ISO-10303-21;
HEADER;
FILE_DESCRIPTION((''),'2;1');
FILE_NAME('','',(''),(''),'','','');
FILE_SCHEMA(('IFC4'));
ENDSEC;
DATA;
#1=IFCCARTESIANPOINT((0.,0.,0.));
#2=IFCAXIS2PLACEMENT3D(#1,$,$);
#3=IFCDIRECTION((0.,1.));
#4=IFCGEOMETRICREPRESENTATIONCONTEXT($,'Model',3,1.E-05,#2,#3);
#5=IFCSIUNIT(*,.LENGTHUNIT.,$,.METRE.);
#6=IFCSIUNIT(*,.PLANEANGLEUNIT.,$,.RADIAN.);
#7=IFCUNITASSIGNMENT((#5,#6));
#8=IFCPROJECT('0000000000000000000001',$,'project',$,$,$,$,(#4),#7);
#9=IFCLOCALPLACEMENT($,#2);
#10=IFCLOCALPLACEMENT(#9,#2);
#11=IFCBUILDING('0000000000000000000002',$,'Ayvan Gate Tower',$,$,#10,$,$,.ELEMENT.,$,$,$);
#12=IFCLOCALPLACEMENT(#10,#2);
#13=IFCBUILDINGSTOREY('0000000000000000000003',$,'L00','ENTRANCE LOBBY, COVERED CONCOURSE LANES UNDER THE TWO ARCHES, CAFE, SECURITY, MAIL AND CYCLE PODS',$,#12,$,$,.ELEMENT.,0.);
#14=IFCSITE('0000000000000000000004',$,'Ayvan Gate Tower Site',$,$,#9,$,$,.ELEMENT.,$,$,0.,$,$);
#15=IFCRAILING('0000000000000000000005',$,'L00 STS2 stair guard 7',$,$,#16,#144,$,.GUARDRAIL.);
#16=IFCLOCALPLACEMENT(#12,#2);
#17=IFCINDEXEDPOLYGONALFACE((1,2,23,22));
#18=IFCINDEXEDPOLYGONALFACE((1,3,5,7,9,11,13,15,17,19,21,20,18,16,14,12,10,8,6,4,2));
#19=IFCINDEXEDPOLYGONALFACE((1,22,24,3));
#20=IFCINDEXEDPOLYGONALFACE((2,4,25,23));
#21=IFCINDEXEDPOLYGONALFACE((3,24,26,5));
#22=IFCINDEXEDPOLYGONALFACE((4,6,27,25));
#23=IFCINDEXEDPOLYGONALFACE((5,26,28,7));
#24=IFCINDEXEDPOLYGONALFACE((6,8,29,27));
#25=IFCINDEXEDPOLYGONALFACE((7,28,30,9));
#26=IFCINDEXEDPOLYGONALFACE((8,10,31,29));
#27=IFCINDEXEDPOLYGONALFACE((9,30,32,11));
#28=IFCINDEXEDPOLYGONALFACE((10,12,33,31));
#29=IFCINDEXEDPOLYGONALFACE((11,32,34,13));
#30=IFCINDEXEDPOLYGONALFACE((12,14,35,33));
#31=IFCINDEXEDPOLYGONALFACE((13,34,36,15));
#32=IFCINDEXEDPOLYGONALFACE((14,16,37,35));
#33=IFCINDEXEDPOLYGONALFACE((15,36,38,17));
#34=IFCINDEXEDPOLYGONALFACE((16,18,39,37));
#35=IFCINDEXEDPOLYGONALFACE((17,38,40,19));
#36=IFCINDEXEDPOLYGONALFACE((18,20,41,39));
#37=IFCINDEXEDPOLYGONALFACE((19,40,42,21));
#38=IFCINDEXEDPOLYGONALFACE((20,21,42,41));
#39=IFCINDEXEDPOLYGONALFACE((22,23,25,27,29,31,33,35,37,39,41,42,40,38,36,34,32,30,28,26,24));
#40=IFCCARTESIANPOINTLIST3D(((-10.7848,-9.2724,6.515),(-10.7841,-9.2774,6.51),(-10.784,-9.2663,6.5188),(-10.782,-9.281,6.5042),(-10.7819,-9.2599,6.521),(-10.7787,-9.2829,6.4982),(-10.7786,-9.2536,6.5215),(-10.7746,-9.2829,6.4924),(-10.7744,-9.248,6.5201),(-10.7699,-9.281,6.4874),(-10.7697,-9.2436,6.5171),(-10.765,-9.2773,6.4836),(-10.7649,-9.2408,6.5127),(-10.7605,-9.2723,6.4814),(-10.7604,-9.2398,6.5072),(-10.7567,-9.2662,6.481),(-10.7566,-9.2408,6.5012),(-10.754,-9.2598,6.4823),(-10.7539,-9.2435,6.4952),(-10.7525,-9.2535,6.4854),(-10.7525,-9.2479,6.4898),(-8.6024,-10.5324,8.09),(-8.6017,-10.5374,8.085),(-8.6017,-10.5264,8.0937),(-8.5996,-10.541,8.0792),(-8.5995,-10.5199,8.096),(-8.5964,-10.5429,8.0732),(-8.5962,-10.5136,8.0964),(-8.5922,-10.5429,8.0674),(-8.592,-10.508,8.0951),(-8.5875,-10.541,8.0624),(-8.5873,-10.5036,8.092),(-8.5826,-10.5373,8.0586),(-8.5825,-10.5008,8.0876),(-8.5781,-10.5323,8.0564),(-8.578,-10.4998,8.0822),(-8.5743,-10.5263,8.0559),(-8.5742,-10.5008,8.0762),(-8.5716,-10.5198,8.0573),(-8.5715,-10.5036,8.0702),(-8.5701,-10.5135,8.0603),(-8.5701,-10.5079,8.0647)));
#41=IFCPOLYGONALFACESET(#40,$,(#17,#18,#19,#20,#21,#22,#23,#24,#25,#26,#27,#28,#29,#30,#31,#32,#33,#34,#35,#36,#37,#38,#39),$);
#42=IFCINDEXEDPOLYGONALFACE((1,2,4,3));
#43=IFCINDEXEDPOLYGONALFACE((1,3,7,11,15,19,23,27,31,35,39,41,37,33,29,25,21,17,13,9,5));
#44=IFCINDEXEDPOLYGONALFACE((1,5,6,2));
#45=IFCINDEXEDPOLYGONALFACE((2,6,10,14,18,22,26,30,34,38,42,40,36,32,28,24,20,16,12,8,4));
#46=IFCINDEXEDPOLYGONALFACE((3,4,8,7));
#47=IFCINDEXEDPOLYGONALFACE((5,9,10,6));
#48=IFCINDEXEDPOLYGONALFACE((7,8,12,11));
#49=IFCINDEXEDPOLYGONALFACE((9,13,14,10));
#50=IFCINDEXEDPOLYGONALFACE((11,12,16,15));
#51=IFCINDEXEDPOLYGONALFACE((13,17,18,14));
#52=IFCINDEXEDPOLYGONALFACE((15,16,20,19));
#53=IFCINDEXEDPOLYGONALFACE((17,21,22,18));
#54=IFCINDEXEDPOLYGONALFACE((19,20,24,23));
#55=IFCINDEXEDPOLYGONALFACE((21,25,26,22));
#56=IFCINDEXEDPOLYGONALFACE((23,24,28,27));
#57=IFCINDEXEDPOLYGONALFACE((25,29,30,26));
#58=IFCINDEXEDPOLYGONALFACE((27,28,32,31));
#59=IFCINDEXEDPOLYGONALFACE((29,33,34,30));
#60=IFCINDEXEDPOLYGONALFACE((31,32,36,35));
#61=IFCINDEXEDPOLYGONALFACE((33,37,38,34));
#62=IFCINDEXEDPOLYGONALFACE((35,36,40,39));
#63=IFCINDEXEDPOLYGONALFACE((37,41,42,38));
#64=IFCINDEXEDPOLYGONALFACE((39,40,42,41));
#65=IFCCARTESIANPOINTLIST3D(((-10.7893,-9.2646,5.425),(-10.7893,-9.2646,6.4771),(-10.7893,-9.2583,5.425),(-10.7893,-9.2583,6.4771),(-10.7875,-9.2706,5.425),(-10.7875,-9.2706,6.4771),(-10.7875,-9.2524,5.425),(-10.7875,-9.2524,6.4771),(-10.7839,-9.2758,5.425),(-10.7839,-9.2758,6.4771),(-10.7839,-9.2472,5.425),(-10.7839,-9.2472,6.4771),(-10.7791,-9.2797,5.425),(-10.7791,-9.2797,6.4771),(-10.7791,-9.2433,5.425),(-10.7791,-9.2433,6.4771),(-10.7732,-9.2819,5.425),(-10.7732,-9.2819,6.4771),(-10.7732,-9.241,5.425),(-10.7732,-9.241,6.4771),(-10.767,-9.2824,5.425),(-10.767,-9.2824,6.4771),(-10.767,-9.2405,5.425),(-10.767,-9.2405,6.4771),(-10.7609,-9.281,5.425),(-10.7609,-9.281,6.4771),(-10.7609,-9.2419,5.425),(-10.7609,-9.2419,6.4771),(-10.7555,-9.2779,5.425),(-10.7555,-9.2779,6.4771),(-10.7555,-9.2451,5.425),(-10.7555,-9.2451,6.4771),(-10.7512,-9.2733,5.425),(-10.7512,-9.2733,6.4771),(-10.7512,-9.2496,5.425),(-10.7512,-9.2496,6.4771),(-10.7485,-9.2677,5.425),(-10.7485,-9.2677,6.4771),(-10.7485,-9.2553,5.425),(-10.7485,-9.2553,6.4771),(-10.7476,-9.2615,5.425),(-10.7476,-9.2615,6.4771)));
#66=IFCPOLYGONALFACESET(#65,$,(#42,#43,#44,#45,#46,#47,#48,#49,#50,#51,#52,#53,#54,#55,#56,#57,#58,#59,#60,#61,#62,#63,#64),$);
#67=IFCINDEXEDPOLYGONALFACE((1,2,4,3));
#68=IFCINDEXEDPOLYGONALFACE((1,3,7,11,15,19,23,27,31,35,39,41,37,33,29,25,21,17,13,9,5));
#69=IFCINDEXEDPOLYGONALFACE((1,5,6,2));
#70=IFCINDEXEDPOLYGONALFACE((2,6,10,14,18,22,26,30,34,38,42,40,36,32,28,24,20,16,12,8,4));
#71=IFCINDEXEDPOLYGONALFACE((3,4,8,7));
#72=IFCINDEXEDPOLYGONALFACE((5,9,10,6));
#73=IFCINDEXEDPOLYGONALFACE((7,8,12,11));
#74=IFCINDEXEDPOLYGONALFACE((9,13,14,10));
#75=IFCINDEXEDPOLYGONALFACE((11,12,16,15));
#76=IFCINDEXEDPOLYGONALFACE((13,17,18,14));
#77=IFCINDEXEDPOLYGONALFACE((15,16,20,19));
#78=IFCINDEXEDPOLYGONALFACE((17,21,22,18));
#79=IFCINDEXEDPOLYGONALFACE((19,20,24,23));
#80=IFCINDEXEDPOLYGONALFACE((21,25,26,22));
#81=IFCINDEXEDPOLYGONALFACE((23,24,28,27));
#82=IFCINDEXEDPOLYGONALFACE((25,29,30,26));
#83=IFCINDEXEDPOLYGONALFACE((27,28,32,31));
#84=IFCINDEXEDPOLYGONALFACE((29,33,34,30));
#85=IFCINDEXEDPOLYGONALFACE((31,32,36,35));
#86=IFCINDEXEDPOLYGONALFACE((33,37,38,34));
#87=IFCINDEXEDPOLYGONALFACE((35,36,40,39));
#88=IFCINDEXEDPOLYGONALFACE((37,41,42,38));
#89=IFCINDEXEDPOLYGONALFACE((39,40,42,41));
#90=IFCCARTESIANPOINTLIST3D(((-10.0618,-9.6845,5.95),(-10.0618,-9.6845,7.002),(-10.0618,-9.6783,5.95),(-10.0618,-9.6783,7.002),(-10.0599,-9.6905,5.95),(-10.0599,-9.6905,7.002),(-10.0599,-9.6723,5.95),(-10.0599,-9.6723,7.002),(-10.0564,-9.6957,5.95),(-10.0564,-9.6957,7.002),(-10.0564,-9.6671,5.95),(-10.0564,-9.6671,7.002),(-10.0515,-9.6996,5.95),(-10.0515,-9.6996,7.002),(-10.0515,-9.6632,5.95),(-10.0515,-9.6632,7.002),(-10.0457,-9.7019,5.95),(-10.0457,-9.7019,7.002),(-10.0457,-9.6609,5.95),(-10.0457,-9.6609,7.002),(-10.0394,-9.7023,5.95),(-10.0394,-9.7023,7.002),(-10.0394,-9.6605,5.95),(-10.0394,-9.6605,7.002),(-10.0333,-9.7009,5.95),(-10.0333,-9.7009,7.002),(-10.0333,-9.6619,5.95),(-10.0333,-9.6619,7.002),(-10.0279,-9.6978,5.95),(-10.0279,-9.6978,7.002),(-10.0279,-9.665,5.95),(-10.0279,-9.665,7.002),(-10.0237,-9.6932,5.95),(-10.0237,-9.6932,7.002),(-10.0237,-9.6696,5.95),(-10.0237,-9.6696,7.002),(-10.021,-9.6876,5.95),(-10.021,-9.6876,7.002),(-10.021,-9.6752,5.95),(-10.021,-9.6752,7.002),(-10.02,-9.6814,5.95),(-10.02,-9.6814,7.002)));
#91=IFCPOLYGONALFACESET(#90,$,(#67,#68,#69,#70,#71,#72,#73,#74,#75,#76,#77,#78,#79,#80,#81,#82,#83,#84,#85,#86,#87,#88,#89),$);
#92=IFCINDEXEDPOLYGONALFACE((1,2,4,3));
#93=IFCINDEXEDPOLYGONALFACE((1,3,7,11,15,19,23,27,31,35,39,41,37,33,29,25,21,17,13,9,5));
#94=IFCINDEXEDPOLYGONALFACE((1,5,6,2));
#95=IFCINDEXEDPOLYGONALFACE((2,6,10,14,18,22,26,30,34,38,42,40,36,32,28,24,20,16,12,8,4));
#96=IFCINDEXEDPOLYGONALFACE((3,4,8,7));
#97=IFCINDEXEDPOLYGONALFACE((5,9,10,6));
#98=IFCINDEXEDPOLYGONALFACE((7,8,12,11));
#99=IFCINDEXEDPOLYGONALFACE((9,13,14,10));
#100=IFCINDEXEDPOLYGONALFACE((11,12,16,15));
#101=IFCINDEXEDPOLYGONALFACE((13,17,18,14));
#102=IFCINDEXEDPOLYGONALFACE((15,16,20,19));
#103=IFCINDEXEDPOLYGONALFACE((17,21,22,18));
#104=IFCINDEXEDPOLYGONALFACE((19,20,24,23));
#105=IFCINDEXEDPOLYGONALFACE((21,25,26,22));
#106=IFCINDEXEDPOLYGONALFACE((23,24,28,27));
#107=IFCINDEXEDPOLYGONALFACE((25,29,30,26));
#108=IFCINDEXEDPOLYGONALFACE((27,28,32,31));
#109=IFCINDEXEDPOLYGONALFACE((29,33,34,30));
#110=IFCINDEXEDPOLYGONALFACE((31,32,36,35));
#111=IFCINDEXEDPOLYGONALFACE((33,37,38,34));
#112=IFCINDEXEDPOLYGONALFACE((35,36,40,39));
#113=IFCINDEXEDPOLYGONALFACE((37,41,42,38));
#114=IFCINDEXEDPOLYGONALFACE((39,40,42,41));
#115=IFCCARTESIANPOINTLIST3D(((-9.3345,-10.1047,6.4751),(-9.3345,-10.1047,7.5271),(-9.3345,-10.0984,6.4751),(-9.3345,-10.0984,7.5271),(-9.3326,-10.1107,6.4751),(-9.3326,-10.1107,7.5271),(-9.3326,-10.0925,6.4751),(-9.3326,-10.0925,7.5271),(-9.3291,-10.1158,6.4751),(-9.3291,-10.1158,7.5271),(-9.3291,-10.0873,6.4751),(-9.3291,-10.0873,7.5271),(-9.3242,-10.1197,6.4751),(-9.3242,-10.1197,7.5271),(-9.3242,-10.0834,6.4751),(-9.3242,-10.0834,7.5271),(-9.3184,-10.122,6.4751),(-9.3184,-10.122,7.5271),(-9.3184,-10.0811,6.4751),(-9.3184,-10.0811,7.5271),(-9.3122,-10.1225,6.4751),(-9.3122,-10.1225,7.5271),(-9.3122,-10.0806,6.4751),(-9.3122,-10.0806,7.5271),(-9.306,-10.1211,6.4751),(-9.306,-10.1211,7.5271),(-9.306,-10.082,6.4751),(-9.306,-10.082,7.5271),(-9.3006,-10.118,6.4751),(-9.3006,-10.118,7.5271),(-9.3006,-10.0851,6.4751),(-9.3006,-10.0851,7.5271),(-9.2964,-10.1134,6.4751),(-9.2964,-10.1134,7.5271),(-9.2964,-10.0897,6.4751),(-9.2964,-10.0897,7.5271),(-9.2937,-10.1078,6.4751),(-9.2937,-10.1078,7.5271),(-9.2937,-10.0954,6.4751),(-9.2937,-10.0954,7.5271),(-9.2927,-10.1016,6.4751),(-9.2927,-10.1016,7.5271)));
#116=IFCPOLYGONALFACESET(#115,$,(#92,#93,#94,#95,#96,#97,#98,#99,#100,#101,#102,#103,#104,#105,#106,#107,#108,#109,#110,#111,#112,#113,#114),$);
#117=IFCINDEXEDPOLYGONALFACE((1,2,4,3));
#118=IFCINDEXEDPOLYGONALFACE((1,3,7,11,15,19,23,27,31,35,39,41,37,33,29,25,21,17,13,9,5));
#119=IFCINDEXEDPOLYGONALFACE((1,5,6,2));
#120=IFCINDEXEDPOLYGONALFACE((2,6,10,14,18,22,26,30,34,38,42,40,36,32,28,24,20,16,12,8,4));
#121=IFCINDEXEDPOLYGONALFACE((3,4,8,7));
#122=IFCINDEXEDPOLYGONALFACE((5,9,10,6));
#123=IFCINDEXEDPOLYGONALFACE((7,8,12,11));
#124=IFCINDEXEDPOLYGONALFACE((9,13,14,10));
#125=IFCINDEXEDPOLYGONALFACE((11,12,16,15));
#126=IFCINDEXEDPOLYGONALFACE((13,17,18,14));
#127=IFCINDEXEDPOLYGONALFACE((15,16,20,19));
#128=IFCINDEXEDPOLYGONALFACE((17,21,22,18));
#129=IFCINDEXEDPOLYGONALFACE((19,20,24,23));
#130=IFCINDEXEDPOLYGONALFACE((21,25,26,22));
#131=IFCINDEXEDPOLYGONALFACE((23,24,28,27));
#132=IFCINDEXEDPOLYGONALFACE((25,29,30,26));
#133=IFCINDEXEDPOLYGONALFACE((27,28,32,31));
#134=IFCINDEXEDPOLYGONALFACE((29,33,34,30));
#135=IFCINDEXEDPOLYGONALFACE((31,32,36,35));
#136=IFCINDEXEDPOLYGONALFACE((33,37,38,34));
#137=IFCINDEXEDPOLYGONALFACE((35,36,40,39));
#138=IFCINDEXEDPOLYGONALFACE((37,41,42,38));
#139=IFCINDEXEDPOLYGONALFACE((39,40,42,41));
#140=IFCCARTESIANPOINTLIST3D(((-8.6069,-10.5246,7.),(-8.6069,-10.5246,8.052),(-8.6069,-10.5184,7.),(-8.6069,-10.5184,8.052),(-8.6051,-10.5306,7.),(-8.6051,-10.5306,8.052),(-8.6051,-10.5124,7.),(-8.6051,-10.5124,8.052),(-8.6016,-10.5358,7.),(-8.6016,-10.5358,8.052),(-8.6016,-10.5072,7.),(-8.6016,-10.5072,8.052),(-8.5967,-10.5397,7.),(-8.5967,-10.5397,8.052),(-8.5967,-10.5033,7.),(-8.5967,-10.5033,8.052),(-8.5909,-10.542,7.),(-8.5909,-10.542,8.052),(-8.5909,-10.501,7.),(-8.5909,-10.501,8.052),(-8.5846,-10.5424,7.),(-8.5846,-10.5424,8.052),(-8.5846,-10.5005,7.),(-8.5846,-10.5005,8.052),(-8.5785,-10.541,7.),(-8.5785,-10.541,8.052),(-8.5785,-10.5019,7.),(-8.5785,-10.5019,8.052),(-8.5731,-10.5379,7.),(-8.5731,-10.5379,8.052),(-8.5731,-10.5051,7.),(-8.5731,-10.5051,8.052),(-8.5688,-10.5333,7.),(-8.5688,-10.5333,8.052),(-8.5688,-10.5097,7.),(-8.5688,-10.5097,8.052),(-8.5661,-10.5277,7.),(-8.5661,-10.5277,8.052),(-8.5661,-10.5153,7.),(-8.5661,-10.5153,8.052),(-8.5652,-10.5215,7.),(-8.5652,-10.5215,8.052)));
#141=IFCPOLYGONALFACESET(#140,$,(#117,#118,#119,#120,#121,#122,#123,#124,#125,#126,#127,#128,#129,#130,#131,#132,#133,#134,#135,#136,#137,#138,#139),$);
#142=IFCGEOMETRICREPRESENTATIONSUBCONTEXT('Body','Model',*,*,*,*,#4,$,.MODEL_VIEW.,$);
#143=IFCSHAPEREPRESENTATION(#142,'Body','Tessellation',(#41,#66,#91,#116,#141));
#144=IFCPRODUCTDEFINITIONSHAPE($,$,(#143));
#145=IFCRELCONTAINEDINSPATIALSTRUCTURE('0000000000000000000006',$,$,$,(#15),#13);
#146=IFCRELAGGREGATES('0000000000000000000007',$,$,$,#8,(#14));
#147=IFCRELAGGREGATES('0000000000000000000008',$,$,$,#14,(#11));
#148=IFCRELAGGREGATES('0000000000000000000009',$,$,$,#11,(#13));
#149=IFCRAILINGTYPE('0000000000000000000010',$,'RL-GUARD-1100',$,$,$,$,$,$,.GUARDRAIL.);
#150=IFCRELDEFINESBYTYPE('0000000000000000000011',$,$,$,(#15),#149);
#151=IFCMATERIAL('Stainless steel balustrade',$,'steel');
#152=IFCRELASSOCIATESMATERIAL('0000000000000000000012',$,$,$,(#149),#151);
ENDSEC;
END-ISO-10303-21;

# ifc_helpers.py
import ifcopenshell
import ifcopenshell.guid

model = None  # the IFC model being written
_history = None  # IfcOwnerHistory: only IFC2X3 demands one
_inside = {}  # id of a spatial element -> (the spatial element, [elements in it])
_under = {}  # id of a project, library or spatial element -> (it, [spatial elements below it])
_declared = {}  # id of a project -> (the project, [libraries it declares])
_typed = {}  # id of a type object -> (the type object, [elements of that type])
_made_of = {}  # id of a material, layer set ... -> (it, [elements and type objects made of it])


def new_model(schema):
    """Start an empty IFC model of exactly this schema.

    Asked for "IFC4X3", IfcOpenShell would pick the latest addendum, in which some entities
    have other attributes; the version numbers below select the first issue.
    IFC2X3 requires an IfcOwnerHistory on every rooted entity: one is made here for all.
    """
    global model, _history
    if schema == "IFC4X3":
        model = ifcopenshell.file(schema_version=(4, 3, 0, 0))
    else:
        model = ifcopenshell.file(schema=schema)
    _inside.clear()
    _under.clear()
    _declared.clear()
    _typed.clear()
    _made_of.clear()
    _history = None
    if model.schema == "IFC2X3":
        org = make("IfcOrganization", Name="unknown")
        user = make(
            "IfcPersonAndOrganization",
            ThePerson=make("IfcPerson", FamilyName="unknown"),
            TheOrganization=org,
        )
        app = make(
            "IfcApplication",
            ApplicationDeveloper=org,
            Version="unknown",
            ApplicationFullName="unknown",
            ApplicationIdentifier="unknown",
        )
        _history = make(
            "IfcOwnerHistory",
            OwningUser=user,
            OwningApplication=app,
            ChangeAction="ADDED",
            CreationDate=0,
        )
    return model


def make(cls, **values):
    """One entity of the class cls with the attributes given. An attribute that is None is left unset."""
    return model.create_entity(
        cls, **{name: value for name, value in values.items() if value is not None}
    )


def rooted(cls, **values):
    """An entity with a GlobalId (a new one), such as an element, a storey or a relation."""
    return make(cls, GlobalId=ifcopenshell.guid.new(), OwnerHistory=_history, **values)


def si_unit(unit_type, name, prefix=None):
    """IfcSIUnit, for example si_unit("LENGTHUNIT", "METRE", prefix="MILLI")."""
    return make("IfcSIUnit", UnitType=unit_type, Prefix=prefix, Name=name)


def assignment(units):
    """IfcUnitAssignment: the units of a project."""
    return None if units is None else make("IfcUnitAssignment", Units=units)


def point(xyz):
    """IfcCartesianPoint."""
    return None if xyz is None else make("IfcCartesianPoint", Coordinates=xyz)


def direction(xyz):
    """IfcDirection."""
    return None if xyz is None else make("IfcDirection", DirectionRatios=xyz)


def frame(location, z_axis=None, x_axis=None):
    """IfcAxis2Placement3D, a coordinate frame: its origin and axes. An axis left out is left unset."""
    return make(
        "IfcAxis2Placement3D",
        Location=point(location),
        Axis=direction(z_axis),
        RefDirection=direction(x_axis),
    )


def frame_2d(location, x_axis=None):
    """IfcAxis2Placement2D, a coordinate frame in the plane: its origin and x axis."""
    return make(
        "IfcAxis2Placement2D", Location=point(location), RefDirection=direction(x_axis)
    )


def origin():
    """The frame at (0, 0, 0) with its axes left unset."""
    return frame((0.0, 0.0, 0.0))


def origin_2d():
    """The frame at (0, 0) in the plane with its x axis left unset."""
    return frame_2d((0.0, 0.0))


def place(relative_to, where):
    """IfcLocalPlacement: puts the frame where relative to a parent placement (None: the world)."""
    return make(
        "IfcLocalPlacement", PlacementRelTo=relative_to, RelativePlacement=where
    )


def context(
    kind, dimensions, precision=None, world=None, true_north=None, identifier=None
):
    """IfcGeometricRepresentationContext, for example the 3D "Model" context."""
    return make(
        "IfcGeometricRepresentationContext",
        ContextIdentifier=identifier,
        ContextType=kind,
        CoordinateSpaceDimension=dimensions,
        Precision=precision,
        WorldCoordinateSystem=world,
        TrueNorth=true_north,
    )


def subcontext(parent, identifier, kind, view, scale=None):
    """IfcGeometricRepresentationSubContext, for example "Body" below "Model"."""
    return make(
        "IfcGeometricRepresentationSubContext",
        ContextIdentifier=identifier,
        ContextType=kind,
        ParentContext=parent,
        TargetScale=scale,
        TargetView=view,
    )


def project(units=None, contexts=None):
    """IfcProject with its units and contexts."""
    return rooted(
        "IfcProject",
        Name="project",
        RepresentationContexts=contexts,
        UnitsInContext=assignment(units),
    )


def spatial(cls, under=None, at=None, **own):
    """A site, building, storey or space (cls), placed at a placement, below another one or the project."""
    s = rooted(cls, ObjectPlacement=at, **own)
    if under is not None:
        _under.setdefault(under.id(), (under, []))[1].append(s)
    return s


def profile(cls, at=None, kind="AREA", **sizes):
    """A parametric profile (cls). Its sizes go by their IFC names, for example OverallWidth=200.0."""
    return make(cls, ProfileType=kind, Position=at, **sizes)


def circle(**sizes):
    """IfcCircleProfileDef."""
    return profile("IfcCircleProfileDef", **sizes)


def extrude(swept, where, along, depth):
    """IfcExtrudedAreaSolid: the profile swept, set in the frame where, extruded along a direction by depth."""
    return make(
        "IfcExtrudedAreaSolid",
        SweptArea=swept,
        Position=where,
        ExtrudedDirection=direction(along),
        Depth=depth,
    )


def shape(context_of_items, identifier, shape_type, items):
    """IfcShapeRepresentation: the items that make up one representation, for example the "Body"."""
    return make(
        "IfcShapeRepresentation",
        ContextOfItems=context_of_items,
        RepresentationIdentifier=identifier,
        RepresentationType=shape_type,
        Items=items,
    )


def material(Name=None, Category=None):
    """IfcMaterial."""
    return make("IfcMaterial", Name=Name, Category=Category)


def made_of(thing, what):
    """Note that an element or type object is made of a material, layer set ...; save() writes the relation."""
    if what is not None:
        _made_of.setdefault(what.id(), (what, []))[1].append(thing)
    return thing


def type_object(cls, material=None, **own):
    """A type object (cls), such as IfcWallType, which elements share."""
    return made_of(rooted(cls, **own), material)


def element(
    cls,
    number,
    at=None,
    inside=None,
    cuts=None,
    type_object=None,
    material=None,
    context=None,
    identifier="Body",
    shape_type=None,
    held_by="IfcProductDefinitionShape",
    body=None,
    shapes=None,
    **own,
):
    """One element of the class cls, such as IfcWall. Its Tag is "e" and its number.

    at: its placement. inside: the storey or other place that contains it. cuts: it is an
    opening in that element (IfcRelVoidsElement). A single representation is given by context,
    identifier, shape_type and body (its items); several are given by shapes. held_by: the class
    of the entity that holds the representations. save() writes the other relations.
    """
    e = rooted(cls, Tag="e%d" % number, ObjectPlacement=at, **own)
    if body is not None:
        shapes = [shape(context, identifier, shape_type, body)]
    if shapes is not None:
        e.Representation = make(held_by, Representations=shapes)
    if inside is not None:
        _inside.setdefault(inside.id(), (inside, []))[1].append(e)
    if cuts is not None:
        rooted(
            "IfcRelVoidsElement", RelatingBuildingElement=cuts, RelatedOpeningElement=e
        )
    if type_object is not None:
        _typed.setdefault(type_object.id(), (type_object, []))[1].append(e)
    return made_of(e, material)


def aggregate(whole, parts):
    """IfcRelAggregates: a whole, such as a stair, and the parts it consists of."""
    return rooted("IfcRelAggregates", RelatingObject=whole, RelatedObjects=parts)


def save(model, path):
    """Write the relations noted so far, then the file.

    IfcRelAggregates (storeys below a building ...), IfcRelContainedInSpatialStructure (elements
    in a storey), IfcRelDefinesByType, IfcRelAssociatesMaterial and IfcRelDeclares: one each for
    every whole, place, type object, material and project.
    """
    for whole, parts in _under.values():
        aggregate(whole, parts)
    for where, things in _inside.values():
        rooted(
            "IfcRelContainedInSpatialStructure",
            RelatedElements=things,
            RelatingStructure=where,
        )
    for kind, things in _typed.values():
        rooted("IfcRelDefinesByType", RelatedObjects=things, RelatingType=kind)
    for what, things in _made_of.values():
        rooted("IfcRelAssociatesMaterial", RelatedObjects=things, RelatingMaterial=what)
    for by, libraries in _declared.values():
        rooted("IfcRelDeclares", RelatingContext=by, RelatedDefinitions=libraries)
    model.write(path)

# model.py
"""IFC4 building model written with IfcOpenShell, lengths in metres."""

from ifc_helpers import new_model, si_unit, direction, frame, origin, origin_2d, place, context, subcontext, project, spatial, circle, extrude, material, type_object, element, save


model = new_model("IFC4")

# Units and contexts
model_context = context("Model", 3, precision=1e-05, world=origin(), true_north=direction((0.0, 1.0)))
body_context = subcontext(model_context, "Body", "Model", "MODEL_VIEW")
ifc_project = project(units=[si_unit("LENGTHUNIT", "METRE"), si_unit("PLANEANGLEUNIT", "RADIAN")], contexts=[model_context])

# Site, building, storey
site_placement = place(None, origin())
site = spatial("IfcSite", under=ifc_project, at=site_placement, Name="Ayvan Gate Tower Site", CompositionType="ELEMENT", RefElevation=0.0)
building_placement = place(site_placement, origin())
building = spatial("IfcBuilding", under=site, at=building_placement, Name="Ayvan Gate Tower", CompositionType="ELEMENT")
storey_placement = place(building_placement, origin())
storey = spatial("IfcBuildingStorey", under=building, at=storey_placement, Name="L00", Description="ENTRANCE LOBBY, COVERED CONCOURSE LANES UNDER THE TWO ARCHES, CAFE, SECURITY, MAIL AND CYCLE PODS", CompositionType="ELEMENT", Elevation=0.0)

# Railing
ifc_material_1 = material(Name="Stainless steel balustrade", Category="steel")
railing_type_1 = type_object("IfcRailingType", Name="RL-GUARD-1100", PredefinedType="GUARDRAIL", material=ifc_material_1)
railing_1_placement = place(storey_placement, frame((-10.7686, -9.2615, 5.425)))
element("IfcRailing", 1, at=railing_1_placement, inside=storey, type_object=railing_type_1, Name="L00 STS2 stair guard 7", PredefinedType="GUARDRAIL", context=body_context, shape_type="SweptSolid", body=[
    extrude(circle(Radius=0.0239, at=origin_2d()), frame((0.0, 0.0, 1.0762), z_axis=(0.734392, -0.424007, 0.529988), x_axis=(0.500005, 0.866023, 0.0)), (0.0, 0.0, 1.0), 2.9717),
    extrude(circle(Radius=0.021, at=origin_2d()), origin(), (0.0, 0.0, 1.0), 1.052),
    extrude(circle(Radius=0.021, at=origin_2d()), frame((0.7275, -0.4199, 0.5249)), (0.0, 0.0, 1.0), 1.052),
    extrude(circle(Radius=0.021, at=origin_2d()), frame((1.4548, -0.8401, 1.05)), (0.0, 0.0, 1.0), 1.052),
    extrude(circle(Radius=0.021, at=origin_2d()), frame((2.1824, -1.26, 1.575)), (0.0, 0.0, 1.0), 1.052),
])

save(model, "model.ifc")
